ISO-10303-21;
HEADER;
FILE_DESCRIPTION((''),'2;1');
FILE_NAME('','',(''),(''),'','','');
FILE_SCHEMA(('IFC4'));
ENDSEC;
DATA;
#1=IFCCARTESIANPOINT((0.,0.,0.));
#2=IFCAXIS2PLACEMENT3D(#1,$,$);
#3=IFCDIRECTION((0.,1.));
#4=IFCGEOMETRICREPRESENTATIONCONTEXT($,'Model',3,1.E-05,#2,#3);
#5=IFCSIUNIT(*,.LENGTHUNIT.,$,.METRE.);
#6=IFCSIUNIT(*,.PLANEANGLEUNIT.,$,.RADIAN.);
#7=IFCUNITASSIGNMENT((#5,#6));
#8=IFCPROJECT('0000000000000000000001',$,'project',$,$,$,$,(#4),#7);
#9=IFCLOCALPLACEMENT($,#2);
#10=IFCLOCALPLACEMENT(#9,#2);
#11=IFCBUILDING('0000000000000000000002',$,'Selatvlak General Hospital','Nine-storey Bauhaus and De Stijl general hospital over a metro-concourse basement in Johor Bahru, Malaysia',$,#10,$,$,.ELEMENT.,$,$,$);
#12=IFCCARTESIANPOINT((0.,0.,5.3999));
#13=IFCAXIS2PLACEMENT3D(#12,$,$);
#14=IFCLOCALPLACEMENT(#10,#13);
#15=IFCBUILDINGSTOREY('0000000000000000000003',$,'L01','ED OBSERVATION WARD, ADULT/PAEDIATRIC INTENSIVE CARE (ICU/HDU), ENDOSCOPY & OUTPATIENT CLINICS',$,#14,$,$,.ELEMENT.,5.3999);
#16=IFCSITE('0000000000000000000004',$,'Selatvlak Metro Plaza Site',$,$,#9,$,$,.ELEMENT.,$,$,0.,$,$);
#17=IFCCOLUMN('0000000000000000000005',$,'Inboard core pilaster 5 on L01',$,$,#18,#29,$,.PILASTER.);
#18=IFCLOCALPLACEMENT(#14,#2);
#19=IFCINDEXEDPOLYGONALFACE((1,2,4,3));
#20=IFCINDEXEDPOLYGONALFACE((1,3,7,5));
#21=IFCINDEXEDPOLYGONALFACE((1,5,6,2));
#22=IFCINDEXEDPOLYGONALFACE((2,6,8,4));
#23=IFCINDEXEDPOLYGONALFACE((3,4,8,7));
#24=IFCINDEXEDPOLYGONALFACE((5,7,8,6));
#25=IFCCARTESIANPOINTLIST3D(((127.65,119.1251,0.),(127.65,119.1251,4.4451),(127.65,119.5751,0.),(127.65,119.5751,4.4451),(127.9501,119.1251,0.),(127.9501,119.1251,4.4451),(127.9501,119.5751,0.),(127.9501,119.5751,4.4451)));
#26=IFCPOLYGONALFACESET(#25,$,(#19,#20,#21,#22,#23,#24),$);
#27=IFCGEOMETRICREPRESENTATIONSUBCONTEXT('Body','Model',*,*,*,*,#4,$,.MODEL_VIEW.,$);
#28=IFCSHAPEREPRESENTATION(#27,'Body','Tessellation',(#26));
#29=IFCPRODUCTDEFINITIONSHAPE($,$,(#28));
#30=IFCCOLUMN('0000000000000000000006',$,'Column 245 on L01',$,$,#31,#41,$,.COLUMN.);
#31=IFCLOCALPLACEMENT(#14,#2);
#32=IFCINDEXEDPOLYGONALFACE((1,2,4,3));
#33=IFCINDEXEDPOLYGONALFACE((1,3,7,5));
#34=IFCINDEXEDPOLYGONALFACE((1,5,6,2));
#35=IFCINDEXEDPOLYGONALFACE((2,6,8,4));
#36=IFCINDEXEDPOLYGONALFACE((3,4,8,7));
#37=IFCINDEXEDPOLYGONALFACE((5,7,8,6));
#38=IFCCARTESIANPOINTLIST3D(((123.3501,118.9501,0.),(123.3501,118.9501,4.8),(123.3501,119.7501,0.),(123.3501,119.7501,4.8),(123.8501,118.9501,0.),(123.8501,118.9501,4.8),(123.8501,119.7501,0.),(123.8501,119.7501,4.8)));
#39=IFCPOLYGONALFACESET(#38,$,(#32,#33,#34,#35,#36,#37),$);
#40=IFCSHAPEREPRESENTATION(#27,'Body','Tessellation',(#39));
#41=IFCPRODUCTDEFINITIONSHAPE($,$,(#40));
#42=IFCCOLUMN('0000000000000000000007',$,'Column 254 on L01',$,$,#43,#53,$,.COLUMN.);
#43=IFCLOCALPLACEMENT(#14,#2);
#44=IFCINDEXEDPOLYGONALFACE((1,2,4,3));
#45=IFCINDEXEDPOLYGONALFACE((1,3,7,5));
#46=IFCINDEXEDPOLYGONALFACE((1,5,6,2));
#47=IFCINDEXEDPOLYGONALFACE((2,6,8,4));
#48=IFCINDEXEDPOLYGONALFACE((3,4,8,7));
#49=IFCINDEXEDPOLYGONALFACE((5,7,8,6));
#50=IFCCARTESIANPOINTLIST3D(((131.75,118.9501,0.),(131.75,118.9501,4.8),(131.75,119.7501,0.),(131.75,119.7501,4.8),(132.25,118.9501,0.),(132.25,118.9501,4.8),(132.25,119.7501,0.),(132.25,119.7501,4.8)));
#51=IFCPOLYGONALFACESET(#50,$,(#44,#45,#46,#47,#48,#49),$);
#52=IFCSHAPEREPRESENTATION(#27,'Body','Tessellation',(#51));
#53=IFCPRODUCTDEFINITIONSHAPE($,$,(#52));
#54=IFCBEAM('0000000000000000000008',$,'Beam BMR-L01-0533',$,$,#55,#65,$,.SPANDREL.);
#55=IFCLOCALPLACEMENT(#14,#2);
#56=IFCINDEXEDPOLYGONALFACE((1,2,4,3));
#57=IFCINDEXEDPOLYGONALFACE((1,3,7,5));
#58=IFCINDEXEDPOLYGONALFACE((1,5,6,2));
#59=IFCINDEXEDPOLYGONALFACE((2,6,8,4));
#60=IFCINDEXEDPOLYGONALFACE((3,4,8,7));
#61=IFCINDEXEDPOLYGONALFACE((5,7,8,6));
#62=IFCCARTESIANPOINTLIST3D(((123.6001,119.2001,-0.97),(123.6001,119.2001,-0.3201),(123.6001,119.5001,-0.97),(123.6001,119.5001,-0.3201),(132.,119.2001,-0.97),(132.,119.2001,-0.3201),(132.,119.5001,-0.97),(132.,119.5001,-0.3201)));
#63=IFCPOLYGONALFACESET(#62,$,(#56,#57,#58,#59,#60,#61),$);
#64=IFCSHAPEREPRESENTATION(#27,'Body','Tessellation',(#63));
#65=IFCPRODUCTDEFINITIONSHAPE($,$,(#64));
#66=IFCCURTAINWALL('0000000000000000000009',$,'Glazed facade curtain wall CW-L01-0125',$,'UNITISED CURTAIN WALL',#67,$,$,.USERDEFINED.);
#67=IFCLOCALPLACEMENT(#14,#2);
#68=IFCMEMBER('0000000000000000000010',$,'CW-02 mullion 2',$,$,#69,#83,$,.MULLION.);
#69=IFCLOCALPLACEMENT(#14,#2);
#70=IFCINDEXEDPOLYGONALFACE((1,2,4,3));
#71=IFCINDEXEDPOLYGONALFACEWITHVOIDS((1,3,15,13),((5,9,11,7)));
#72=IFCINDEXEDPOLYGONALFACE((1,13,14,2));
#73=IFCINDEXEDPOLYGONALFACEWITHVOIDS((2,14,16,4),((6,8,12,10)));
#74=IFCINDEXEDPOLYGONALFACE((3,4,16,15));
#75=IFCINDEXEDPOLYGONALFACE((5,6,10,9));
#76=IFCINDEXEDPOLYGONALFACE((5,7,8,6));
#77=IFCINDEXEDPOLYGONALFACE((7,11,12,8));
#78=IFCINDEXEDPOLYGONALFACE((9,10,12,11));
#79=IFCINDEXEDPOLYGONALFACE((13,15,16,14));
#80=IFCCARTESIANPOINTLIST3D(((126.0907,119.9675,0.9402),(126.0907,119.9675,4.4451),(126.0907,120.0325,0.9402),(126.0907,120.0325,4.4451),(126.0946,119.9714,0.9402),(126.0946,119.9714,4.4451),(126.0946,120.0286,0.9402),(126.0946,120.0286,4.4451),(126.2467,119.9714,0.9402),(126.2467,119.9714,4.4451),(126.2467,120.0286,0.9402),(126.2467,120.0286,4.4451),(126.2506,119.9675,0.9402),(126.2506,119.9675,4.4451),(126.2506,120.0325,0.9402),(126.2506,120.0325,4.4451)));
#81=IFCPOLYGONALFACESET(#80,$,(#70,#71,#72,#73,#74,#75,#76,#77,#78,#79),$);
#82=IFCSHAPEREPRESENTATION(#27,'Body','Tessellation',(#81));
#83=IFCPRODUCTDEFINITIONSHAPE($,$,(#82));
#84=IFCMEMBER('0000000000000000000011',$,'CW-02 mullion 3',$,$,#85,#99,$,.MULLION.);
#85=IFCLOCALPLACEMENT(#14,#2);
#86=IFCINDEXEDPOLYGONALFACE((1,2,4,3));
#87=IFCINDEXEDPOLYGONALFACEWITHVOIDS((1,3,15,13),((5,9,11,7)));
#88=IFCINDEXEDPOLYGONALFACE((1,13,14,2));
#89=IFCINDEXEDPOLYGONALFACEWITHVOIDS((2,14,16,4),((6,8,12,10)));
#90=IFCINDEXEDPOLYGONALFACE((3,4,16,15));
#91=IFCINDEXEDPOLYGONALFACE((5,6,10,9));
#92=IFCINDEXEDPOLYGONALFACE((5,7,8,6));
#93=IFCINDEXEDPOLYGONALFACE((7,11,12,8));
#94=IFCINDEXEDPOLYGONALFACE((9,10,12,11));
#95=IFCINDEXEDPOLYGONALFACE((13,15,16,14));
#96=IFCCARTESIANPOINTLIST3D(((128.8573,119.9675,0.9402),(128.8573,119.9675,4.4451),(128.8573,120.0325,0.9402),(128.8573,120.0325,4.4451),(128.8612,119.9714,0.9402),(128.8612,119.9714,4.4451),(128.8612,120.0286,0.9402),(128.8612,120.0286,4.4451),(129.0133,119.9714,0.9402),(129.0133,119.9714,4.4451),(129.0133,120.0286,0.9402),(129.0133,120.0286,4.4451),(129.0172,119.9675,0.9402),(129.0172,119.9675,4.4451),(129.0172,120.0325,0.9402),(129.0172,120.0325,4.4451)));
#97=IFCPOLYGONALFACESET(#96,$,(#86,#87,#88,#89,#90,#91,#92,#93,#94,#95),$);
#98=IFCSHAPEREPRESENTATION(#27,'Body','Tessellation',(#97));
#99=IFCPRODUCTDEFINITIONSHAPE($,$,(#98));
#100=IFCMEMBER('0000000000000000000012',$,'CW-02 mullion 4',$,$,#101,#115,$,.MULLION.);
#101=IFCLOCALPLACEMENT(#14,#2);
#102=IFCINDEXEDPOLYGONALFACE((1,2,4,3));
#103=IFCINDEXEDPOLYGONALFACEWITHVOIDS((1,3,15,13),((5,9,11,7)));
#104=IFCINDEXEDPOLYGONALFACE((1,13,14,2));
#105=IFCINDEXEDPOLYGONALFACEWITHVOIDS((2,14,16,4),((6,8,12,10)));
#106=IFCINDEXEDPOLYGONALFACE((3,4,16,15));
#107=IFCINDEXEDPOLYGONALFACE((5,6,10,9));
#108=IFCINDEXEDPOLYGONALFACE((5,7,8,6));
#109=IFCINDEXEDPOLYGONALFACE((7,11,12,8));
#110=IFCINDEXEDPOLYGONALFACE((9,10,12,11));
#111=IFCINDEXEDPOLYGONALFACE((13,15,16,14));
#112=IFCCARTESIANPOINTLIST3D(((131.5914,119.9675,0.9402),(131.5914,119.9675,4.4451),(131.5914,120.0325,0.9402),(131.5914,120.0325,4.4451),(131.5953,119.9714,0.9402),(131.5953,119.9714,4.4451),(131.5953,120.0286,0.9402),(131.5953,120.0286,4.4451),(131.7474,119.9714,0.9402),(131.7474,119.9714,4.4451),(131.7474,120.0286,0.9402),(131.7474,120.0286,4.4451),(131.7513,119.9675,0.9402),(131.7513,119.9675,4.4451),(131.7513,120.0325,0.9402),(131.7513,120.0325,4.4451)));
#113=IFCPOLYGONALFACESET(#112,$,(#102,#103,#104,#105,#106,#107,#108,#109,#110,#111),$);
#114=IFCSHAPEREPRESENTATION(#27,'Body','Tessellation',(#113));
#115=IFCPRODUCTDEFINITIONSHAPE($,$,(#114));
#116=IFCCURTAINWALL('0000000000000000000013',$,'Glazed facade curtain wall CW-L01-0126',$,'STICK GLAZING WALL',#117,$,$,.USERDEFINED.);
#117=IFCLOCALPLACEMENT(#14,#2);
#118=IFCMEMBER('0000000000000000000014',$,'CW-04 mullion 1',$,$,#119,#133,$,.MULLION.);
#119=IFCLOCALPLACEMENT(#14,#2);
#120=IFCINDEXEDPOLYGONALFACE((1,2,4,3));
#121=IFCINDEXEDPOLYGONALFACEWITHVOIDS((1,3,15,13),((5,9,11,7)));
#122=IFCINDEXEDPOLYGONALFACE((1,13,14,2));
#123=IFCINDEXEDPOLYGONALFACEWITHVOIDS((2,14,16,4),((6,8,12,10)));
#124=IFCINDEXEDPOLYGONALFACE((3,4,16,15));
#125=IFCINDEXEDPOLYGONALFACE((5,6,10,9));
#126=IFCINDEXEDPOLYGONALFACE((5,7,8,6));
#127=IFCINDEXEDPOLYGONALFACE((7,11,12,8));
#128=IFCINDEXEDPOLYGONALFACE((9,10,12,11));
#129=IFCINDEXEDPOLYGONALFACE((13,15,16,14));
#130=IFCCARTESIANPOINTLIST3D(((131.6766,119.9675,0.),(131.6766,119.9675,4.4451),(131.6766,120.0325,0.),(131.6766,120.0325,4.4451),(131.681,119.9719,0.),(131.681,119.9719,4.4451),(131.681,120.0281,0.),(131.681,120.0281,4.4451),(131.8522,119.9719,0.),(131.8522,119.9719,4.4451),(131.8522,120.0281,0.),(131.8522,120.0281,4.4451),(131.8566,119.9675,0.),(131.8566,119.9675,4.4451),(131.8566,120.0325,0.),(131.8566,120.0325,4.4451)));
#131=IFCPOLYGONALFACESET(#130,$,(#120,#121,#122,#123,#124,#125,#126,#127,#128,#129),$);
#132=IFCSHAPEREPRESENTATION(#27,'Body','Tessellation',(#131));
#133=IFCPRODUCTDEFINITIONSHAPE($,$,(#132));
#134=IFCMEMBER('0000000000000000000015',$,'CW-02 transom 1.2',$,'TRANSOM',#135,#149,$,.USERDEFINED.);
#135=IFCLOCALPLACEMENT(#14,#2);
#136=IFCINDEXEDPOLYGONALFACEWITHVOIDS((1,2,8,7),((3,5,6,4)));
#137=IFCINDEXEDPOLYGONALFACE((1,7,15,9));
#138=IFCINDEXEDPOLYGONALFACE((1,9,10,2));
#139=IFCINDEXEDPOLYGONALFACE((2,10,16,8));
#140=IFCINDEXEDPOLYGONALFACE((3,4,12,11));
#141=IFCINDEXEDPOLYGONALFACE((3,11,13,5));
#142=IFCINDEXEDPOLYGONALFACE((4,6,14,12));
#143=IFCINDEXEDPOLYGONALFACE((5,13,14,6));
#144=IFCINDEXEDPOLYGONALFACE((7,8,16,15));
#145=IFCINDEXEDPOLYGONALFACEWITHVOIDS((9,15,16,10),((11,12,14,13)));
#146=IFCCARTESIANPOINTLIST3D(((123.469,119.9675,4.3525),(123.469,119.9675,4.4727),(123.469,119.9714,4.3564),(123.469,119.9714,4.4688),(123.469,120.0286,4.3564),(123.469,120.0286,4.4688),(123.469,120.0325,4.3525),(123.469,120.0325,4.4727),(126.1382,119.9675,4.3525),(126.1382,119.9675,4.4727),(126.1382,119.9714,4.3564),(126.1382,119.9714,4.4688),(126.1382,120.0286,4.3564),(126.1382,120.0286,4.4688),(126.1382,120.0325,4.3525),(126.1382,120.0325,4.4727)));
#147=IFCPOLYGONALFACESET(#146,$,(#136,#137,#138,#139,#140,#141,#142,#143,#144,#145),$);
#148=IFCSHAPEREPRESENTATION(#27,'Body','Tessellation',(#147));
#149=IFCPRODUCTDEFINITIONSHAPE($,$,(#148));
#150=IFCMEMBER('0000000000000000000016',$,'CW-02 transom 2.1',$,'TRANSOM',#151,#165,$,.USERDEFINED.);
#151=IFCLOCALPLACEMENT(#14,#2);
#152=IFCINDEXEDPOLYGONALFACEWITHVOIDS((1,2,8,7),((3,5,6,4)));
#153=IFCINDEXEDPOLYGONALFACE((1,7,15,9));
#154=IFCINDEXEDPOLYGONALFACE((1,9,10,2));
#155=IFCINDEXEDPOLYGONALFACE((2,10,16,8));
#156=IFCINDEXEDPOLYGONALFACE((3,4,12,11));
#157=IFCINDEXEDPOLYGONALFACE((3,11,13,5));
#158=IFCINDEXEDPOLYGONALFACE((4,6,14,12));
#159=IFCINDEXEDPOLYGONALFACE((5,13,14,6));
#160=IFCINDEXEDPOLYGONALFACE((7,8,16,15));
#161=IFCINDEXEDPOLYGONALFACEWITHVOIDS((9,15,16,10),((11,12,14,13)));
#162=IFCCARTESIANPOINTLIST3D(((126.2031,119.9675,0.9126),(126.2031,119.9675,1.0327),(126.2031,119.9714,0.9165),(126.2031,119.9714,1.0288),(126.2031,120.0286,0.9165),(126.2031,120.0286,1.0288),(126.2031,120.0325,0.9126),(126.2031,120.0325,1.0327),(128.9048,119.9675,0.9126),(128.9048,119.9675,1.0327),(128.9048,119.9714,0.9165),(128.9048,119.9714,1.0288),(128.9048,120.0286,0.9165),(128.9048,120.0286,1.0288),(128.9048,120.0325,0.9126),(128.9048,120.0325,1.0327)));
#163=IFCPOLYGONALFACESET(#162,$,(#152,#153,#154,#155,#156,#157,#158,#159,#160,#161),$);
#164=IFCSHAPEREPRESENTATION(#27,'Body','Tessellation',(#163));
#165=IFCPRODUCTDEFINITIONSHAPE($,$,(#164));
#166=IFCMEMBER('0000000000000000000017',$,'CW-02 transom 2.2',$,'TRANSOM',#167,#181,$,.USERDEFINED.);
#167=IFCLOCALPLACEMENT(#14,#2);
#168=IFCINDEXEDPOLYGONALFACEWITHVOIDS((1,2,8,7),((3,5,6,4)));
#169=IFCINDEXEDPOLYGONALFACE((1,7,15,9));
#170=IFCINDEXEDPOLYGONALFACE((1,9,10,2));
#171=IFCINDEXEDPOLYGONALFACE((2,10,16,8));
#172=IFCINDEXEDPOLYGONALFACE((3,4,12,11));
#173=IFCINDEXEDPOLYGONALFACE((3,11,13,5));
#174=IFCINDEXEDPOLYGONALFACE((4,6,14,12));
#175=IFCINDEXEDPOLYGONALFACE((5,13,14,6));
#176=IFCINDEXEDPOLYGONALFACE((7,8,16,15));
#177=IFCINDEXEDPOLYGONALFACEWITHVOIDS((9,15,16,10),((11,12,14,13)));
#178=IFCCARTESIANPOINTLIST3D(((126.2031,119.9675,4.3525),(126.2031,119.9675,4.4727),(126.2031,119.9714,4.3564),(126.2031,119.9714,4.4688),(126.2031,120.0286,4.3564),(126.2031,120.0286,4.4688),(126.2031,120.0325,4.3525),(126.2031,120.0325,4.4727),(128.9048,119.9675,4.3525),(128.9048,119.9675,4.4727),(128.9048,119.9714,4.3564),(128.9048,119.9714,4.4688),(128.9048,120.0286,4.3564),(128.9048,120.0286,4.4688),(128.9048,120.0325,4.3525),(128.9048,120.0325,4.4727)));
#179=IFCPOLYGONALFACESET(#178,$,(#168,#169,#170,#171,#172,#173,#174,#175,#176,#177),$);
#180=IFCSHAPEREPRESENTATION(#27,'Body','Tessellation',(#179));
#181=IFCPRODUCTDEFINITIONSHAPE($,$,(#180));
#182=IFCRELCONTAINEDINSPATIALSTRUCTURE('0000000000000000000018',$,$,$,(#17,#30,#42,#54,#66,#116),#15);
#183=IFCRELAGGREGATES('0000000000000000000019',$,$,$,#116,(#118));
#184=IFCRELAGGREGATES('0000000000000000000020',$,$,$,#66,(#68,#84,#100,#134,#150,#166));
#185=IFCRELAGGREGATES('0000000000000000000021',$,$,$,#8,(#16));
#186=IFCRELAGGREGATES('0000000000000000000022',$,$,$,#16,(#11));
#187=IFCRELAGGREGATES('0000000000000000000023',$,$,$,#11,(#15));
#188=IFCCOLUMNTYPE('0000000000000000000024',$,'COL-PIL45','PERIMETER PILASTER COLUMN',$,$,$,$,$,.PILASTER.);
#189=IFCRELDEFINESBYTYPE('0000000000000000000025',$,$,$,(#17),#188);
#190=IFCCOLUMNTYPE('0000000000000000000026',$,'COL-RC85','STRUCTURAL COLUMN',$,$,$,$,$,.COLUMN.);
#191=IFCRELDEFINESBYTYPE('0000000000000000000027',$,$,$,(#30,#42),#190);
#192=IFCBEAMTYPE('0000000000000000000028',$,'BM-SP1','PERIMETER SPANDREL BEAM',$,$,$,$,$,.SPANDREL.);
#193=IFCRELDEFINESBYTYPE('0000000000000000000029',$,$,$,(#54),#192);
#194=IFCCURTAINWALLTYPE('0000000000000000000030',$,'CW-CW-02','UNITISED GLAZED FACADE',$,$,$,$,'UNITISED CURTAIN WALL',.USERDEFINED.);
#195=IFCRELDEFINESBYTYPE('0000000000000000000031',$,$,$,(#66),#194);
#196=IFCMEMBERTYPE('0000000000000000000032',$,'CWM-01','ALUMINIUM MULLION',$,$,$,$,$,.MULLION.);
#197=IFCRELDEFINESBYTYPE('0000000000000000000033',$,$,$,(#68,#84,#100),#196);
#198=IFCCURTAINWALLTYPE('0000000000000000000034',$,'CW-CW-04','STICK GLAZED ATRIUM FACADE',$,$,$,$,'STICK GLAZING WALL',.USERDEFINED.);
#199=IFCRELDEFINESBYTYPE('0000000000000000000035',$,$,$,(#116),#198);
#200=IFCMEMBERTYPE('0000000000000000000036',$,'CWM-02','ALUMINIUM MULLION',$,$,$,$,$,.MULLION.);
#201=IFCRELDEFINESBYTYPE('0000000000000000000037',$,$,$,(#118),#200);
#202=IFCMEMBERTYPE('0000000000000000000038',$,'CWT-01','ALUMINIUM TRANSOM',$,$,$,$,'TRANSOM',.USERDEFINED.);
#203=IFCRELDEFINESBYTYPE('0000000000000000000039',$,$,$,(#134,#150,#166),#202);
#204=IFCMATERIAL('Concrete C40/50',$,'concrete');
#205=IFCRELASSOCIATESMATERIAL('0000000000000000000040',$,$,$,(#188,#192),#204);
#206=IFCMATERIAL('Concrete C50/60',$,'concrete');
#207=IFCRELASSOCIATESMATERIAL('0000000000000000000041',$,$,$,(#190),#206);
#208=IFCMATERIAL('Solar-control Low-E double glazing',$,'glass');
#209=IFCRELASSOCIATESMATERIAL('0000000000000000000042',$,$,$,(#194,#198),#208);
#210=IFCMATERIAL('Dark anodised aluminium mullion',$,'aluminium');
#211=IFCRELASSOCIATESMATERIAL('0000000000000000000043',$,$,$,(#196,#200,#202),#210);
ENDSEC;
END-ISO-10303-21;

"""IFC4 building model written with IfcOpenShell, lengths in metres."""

from ifc_helpers import new_model, si_unit, direction, frame, origin, origin_2d, place, context, subcontext, project, spatial, rectangle, hollow_rectangle, extrude, material, material_profile, profile_set, type_object, element, aggregate, save


model = new_model("IFC4")

# Units and contexts
model_context = context("Model", 3, precision=1e-05, world=origin(), true_north=direction((0.0, 1.0)))
body_context = subcontext(model_context, "Body", "Model", "MODEL_VIEW")
ifc_project = project(units=[si_unit("LENGTHUNIT", "METRE"), si_unit("PLANEANGLEUNIT", "RADIAN")], contexts=[model_context])

# Site, building, storey
site_placement = place(None, origin())
site = spatial("IfcSite", under=ifc_project, at=site_placement, Name="Selatvlak Metro Plaza Site", CompositionType="ELEMENT", RefElevation=0.0)
building_placement = place(site_placement, origin())
building = spatial("IfcBuilding", under=site, at=building_placement, Name="Selatvlak General Hospital", Description="Nine-storey Bauhaus and De Stijl general hospital over a metro-concourse basement in Johor Bahru, Malaysia", CompositionType="ELEMENT")
storey_placement = place(building_placement, frame((0.0, 0.0, 5.3999)))
storey = spatial("IfcBuildingStorey", under=building, at=storey_placement, Name="L01", Description="ED OBSERVATION WARD, ADULT/PAEDIATRIC INTENSIVE CARE (ICU/HDU), ENDOSCOPY & OUTPATIENT CLINICS", CompositionType="ELEMENT", Elevation=5.3999)

# Columns
ifc_material_1 = material(Name="Concrete C40/50", Category="concrete")
ifc_material_profile_1 = material_profile(ifc_material_1, rectangle(XDim=0.3, YDim=0.45, at=origin_2d()), Name="RC-PIL 450x300")
ifc_profile_set_1 = profile_set([ifc_material_profile_1], Name="Concrete C40/50")
column_type_1 = type_object("IfcColumnType", Name="COL-PIL45", Description="PERIMETER PILASTER COLUMN", PredefinedType="PILASTER", material=ifc_profile_set_1)
column_placement = place(storey_placement, frame((127.8, 119.3501, 0.0), z_axis=(0.0, 0.0, 1.0), x_axis=(1.0, 0.0, 0.0)))
element("IfcColumn", 1, at=column_placement, inside=storey, type_object=column_type_1, Name="Inboard core pilaster 5 on L01", PredefinedType="PILASTER", context=body_context, shape_type="SweptSolid", body=[
    extrude(rectangle(XDim=0.3, YDim=0.45, at=origin_2d()), origin(), (0.0, 0.0, 1.0), 4.4451),
])
ifc_material_2 = material(Name="Concrete C50/60", Category="concrete")
ifc_material_profile_2 = material_profile(ifc_material_2, rectangle(XDim=0.5, YDim=0.8, at=origin_2d()), Name="RC-COL 800x500")
ifc_profile_set_2 = profile_set([ifc_material_profile_2], Name="Concrete C50/60")
column_type_2 = type_object("IfcColumnType", Name="COL-RC85", Description="STRUCTURAL COLUMN", PredefinedType="COLUMN", material=ifc_profile_set_2)
for number, where, z_axis, x_axis, name in (
    (2, (123.6001, 119.3501, 0.0), (0.0, 0.0, 1.0), (1.0, 0.0, 0.0), "Column 245 on L01"),
    (3, (132.0, 119.3501, 0.0), (0.0, 0.0, 1.0), (1.0, 0.0, 0.0), "Column 254 on L01"),
):
    element("IfcColumn", number, at=place(storey_placement, frame(where, z_axis=z_axis, x_axis=x_axis)), inside=storey, type_object=column_type_2, Name=name, PredefinedType="COLUMN", context=body_context, shape_type="SweptSolid", body=[
        extrude(rectangle(XDim=0.5, YDim=0.8, at=origin_2d()), origin(), (0.0, 0.0, 1.0), 4.8),
    ])

# Beam
ifc_material_profile_3 = material_profile(ifc_material_1, rectangle(XDim=0.3, YDim=0.6499, at=origin_2d()), Name="RC-SP 300x650")
ifc_profile_set_3 = profile_set([ifc_material_profile_3], Name="Concrete C40/50")
beam_type = type_object("IfcBeamType", Name="BM-SP1", Description="PERIMETER SPANDREL BEAM", PredefinedType="SPANDREL", material=ifc_profile_set_3)
beam_placement = place(storey_placement, frame((123.6001, 119.3501, -0.645), z_axis=(1.0, 0.0, 0.0), x_axis=(0.0, 1.0, 0.0)))
element("IfcBeam", 4, at=beam_placement, inside=storey, type_object=beam_type, Name="Beam BMR-L01-0533", PredefinedType="SPANDREL", context=body_context, shape_type="SweptSolid", body=[
    extrude(rectangle(XDim=0.3, YDim=0.6499, at=origin_2d()), origin(), (0.0, 0.0, 1.0), 8.3999),
])

# Curtain wall, members
ifc_material_3 = material(Name="Solar-control Low-E double glazing", Category="glass")
curtain_wall_type_1 = type_object("IfcCurtainWallType", Name="CW-CW-02", Description="UNITISED GLAZED FACADE", ElementType="UNITISED CURTAIN WALL", PredefinedType="USERDEFINED", material=ifc_material_3)
curtain_wall_1_placement = place(storey_placement, origin())
curtain_wall_1 = element("IfcCurtainWall", 5, at=curtain_wall_1_placement, inside=storey, type_object=curtain_wall_type_1, Name="Glazed facade curtain wall CW-L01-0125", ObjectType="UNITISED CURTAIN WALL", PredefinedType="USERDEFINED")
ifc_material_4 = material(Name="Dark anodised aluminium mullion", Category="aluminium")
ifc_material_profile_4 = material_profile(ifc_material_4, hollow_rectangle(XDim=0.0649, YDim=0.1599, WallThickness=0.0039, at=origin_2d()), Name="AL-MUL 65x160x4")
ifc_profile_set_4 = profile_set([ifc_material_profile_4], Name="Dark anodised aluminium mullion")
member_type_1 = type_object("IfcMemberType", Name="CWM-01", Description="ALUMINIUM MULLION", PredefinedType="MULLION", material=ifc_profile_set_4)
member_1_placement = place(storey_placement, frame((126.1707, 120.0, 0.9402), z_axis=(0.0, 0.0, 1.0), x_axis=(0.0, 1.0, 0.0)))
member_1 = element("IfcMember", 6, at=member_1_placement, type_object=member_type_1, Name="CW-02 mullion 2", PredefinedType="MULLION", context=body_context, shape_type="SweptSolid", body=[
    extrude(hollow_rectangle(XDim=0.0649, YDim=0.1599, WallThickness=0.0039, at=origin_2d()), origin(), (0.0, 0.0, 1.0), 3.5049),
])
member_2_placement = place(storey_placement, frame((128.9373, 120.0, 0.9402), z_axis=(0.0, 0.0, 1.0), x_axis=(0.0, 1.0, 0.0)))
member_2 = element("IfcMember", 7, at=member_2_placement, type_object=member_type_1, Name="CW-02 mullion 3", PredefinedType="MULLION", context=body_context, shape_type="SweptSolid", body=[
    extrude(hollow_rectangle(XDim=0.0649, YDim=0.1599, WallThickness=0.0039, at=origin_2d()), origin(), (0.0, 0.0, 1.0), 3.5049),
])
member_3_placement = place(storey_placement, frame((131.6714, 120.0, 0.9402), z_axis=(0.0, 0.0, 1.0), x_axis=(0.0, 1.0, 0.0)))
member_3 = element("IfcMember", 8, at=member_3_placement, type_object=member_type_1, Name="CW-02 mullion 4", PredefinedType="MULLION", context=body_context, shape_type="SweptSolid", body=[
    extrude(hollow_rectangle(XDim=0.0649, YDim=0.1599, WallThickness=0.0039, at=origin_2d()), origin(), (0.0, 0.0, 1.0), 3.5049),
])

# Curtain wall, member
curtain_wall_type_2 = type_object("IfcCurtainWallType", Name="CW-CW-04", Description="STICK GLAZED ATRIUM FACADE", ElementType="STICK GLAZING WALL", PredefinedType="USERDEFINED", material=ifc_material_3)
curtain_wall_2_placement = place(storey_placement, origin())
curtain_wall_2 = element("IfcCurtainWall", 9, at=curtain_wall_2_placement, inside=storey, type_object=curtain_wall_type_2, Name="Glazed facade curtain wall CW-L01-0126", ObjectType="STICK GLAZING WALL", PredefinedType="USERDEFINED")
ifc_material_profile_5 = material_profile(ifc_material_4, hollow_rectangle(XDim=0.0649, YDim=0.1799, WallThickness=0.0044, at=origin_2d()), Name="AL-MUL 65x180x4.5")
ifc_profile_set_5 = profile_set([ifc_material_profile_5], Name="Dark anodised aluminium mullion")
member_type_2 = type_object("IfcMemberType", Name="CWM-02", Description="ALUMINIUM MULLION", PredefinedType="MULLION", material=ifc_profile_set_5)
member_4_placement = place(storey_placement, frame((131.7666, 120.0, 0.0), z_axis=(0.0, 0.0, 1.0), x_axis=(0.0, 1.0, 0.0)))
member_4 = element("IfcMember", 10, at=member_4_placement, type_object=member_type_2, Name="CW-04 mullion 1", PredefinedType="MULLION", context=body_context, shape_type="SweptSolid", body=[
    extrude(hollow_rectangle(XDim=0.0649, YDim=0.1799, WallThickness=0.0044, at=origin_2d()), origin(), (0.0, 0.0, 1.0), 4.4451),
])

# Members
ifc_material_profile_6 = material_profile(ifc_material_4, hollow_rectangle(XDim=0.0649, YDim=0.1201, WallThickness=0.0039, at=origin_2d()), Name="AL-TRN 65x120x4")
ifc_profile_set_6 = profile_set([ifc_material_profile_6], Name="Dark anodised aluminium mullion")
member_type_3 = type_object("IfcMemberType", Name="CWT-01", Description="ALUMINIUM TRANSOM", ElementType="TRANSOM", PredefinedType="USERDEFINED", material=ifc_profile_set_6)
member_5_placement = place(storey_placement, frame((123.469, 120.0, 4.4126), z_axis=(1.0, 0.0, 0.0), x_axis=(0.0, 1.0, 0.0)))
member_5 = element("IfcMember", 11, at=member_5_placement, type_object=member_type_3, Name="CW-02 transom 1.2", ObjectType="TRANSOM", PredefinedType="USERDEFINED", context=body_context, shape_type="SweptSolid", body=[
    extrude(hollow_rectangle(XDim=0.0649, YDim=0.1201, WallThickness=0.0039, at=origin_2d()), origin(), (0.0, 0.0, 1.0), 2.6692),
])
member_6_placement = place(storey_placement, frame((126.2031, 120.0, 0.9727), z_axis=(1.0, 0.0, 0.0), x_axis=(0.0, 1.0, 0.0)))
member_6 = element("IfcMember", 12, at=member_6_placement, type_object=member_type_3, Name="CW-02 transom 2.1", ObjectType="TRANSOM", PredefinedType="USERDEFINED", context=body_context, shape_type="SweptSolid", body=[
    extrude(hollow_rectangle(XDim=0.0649, YDim=0.1201, WallThickness=0.0039, at=origin_2d()), origin(), (0.0, 0.0, 1.0), 2.7017),
])
member_7_placement = place(storey_placement, frame((126.2031, 120.0, 4.4126), z_axis=(1.0, 0.0, 0.0), x_axis=(0.0, 1.0, 0.0)))
member_7 = element("IfcMember", 13, at=member_7_placement, type_object=member_type_3, Name="CW-02 transom 2.2", ObjectType="TRANSOM", PredefinedType="USERDEFINED", context=body_context, shape_type="SweptSolid", body=[
    extrude(hollow_rectangle(XDim=0.0649, YDim=0.1201, WallThickness=0.0039, at=origin_2d()), origin(), (0.0, 0.0, 1.0), 2.7017),
])
aggregate(curtain_wall_2, [member_4])

aggregate(curtain_wall_1, [member_1, member_2, member_3, member_5, member_6, member_7])

save(model, "model.ifc")
